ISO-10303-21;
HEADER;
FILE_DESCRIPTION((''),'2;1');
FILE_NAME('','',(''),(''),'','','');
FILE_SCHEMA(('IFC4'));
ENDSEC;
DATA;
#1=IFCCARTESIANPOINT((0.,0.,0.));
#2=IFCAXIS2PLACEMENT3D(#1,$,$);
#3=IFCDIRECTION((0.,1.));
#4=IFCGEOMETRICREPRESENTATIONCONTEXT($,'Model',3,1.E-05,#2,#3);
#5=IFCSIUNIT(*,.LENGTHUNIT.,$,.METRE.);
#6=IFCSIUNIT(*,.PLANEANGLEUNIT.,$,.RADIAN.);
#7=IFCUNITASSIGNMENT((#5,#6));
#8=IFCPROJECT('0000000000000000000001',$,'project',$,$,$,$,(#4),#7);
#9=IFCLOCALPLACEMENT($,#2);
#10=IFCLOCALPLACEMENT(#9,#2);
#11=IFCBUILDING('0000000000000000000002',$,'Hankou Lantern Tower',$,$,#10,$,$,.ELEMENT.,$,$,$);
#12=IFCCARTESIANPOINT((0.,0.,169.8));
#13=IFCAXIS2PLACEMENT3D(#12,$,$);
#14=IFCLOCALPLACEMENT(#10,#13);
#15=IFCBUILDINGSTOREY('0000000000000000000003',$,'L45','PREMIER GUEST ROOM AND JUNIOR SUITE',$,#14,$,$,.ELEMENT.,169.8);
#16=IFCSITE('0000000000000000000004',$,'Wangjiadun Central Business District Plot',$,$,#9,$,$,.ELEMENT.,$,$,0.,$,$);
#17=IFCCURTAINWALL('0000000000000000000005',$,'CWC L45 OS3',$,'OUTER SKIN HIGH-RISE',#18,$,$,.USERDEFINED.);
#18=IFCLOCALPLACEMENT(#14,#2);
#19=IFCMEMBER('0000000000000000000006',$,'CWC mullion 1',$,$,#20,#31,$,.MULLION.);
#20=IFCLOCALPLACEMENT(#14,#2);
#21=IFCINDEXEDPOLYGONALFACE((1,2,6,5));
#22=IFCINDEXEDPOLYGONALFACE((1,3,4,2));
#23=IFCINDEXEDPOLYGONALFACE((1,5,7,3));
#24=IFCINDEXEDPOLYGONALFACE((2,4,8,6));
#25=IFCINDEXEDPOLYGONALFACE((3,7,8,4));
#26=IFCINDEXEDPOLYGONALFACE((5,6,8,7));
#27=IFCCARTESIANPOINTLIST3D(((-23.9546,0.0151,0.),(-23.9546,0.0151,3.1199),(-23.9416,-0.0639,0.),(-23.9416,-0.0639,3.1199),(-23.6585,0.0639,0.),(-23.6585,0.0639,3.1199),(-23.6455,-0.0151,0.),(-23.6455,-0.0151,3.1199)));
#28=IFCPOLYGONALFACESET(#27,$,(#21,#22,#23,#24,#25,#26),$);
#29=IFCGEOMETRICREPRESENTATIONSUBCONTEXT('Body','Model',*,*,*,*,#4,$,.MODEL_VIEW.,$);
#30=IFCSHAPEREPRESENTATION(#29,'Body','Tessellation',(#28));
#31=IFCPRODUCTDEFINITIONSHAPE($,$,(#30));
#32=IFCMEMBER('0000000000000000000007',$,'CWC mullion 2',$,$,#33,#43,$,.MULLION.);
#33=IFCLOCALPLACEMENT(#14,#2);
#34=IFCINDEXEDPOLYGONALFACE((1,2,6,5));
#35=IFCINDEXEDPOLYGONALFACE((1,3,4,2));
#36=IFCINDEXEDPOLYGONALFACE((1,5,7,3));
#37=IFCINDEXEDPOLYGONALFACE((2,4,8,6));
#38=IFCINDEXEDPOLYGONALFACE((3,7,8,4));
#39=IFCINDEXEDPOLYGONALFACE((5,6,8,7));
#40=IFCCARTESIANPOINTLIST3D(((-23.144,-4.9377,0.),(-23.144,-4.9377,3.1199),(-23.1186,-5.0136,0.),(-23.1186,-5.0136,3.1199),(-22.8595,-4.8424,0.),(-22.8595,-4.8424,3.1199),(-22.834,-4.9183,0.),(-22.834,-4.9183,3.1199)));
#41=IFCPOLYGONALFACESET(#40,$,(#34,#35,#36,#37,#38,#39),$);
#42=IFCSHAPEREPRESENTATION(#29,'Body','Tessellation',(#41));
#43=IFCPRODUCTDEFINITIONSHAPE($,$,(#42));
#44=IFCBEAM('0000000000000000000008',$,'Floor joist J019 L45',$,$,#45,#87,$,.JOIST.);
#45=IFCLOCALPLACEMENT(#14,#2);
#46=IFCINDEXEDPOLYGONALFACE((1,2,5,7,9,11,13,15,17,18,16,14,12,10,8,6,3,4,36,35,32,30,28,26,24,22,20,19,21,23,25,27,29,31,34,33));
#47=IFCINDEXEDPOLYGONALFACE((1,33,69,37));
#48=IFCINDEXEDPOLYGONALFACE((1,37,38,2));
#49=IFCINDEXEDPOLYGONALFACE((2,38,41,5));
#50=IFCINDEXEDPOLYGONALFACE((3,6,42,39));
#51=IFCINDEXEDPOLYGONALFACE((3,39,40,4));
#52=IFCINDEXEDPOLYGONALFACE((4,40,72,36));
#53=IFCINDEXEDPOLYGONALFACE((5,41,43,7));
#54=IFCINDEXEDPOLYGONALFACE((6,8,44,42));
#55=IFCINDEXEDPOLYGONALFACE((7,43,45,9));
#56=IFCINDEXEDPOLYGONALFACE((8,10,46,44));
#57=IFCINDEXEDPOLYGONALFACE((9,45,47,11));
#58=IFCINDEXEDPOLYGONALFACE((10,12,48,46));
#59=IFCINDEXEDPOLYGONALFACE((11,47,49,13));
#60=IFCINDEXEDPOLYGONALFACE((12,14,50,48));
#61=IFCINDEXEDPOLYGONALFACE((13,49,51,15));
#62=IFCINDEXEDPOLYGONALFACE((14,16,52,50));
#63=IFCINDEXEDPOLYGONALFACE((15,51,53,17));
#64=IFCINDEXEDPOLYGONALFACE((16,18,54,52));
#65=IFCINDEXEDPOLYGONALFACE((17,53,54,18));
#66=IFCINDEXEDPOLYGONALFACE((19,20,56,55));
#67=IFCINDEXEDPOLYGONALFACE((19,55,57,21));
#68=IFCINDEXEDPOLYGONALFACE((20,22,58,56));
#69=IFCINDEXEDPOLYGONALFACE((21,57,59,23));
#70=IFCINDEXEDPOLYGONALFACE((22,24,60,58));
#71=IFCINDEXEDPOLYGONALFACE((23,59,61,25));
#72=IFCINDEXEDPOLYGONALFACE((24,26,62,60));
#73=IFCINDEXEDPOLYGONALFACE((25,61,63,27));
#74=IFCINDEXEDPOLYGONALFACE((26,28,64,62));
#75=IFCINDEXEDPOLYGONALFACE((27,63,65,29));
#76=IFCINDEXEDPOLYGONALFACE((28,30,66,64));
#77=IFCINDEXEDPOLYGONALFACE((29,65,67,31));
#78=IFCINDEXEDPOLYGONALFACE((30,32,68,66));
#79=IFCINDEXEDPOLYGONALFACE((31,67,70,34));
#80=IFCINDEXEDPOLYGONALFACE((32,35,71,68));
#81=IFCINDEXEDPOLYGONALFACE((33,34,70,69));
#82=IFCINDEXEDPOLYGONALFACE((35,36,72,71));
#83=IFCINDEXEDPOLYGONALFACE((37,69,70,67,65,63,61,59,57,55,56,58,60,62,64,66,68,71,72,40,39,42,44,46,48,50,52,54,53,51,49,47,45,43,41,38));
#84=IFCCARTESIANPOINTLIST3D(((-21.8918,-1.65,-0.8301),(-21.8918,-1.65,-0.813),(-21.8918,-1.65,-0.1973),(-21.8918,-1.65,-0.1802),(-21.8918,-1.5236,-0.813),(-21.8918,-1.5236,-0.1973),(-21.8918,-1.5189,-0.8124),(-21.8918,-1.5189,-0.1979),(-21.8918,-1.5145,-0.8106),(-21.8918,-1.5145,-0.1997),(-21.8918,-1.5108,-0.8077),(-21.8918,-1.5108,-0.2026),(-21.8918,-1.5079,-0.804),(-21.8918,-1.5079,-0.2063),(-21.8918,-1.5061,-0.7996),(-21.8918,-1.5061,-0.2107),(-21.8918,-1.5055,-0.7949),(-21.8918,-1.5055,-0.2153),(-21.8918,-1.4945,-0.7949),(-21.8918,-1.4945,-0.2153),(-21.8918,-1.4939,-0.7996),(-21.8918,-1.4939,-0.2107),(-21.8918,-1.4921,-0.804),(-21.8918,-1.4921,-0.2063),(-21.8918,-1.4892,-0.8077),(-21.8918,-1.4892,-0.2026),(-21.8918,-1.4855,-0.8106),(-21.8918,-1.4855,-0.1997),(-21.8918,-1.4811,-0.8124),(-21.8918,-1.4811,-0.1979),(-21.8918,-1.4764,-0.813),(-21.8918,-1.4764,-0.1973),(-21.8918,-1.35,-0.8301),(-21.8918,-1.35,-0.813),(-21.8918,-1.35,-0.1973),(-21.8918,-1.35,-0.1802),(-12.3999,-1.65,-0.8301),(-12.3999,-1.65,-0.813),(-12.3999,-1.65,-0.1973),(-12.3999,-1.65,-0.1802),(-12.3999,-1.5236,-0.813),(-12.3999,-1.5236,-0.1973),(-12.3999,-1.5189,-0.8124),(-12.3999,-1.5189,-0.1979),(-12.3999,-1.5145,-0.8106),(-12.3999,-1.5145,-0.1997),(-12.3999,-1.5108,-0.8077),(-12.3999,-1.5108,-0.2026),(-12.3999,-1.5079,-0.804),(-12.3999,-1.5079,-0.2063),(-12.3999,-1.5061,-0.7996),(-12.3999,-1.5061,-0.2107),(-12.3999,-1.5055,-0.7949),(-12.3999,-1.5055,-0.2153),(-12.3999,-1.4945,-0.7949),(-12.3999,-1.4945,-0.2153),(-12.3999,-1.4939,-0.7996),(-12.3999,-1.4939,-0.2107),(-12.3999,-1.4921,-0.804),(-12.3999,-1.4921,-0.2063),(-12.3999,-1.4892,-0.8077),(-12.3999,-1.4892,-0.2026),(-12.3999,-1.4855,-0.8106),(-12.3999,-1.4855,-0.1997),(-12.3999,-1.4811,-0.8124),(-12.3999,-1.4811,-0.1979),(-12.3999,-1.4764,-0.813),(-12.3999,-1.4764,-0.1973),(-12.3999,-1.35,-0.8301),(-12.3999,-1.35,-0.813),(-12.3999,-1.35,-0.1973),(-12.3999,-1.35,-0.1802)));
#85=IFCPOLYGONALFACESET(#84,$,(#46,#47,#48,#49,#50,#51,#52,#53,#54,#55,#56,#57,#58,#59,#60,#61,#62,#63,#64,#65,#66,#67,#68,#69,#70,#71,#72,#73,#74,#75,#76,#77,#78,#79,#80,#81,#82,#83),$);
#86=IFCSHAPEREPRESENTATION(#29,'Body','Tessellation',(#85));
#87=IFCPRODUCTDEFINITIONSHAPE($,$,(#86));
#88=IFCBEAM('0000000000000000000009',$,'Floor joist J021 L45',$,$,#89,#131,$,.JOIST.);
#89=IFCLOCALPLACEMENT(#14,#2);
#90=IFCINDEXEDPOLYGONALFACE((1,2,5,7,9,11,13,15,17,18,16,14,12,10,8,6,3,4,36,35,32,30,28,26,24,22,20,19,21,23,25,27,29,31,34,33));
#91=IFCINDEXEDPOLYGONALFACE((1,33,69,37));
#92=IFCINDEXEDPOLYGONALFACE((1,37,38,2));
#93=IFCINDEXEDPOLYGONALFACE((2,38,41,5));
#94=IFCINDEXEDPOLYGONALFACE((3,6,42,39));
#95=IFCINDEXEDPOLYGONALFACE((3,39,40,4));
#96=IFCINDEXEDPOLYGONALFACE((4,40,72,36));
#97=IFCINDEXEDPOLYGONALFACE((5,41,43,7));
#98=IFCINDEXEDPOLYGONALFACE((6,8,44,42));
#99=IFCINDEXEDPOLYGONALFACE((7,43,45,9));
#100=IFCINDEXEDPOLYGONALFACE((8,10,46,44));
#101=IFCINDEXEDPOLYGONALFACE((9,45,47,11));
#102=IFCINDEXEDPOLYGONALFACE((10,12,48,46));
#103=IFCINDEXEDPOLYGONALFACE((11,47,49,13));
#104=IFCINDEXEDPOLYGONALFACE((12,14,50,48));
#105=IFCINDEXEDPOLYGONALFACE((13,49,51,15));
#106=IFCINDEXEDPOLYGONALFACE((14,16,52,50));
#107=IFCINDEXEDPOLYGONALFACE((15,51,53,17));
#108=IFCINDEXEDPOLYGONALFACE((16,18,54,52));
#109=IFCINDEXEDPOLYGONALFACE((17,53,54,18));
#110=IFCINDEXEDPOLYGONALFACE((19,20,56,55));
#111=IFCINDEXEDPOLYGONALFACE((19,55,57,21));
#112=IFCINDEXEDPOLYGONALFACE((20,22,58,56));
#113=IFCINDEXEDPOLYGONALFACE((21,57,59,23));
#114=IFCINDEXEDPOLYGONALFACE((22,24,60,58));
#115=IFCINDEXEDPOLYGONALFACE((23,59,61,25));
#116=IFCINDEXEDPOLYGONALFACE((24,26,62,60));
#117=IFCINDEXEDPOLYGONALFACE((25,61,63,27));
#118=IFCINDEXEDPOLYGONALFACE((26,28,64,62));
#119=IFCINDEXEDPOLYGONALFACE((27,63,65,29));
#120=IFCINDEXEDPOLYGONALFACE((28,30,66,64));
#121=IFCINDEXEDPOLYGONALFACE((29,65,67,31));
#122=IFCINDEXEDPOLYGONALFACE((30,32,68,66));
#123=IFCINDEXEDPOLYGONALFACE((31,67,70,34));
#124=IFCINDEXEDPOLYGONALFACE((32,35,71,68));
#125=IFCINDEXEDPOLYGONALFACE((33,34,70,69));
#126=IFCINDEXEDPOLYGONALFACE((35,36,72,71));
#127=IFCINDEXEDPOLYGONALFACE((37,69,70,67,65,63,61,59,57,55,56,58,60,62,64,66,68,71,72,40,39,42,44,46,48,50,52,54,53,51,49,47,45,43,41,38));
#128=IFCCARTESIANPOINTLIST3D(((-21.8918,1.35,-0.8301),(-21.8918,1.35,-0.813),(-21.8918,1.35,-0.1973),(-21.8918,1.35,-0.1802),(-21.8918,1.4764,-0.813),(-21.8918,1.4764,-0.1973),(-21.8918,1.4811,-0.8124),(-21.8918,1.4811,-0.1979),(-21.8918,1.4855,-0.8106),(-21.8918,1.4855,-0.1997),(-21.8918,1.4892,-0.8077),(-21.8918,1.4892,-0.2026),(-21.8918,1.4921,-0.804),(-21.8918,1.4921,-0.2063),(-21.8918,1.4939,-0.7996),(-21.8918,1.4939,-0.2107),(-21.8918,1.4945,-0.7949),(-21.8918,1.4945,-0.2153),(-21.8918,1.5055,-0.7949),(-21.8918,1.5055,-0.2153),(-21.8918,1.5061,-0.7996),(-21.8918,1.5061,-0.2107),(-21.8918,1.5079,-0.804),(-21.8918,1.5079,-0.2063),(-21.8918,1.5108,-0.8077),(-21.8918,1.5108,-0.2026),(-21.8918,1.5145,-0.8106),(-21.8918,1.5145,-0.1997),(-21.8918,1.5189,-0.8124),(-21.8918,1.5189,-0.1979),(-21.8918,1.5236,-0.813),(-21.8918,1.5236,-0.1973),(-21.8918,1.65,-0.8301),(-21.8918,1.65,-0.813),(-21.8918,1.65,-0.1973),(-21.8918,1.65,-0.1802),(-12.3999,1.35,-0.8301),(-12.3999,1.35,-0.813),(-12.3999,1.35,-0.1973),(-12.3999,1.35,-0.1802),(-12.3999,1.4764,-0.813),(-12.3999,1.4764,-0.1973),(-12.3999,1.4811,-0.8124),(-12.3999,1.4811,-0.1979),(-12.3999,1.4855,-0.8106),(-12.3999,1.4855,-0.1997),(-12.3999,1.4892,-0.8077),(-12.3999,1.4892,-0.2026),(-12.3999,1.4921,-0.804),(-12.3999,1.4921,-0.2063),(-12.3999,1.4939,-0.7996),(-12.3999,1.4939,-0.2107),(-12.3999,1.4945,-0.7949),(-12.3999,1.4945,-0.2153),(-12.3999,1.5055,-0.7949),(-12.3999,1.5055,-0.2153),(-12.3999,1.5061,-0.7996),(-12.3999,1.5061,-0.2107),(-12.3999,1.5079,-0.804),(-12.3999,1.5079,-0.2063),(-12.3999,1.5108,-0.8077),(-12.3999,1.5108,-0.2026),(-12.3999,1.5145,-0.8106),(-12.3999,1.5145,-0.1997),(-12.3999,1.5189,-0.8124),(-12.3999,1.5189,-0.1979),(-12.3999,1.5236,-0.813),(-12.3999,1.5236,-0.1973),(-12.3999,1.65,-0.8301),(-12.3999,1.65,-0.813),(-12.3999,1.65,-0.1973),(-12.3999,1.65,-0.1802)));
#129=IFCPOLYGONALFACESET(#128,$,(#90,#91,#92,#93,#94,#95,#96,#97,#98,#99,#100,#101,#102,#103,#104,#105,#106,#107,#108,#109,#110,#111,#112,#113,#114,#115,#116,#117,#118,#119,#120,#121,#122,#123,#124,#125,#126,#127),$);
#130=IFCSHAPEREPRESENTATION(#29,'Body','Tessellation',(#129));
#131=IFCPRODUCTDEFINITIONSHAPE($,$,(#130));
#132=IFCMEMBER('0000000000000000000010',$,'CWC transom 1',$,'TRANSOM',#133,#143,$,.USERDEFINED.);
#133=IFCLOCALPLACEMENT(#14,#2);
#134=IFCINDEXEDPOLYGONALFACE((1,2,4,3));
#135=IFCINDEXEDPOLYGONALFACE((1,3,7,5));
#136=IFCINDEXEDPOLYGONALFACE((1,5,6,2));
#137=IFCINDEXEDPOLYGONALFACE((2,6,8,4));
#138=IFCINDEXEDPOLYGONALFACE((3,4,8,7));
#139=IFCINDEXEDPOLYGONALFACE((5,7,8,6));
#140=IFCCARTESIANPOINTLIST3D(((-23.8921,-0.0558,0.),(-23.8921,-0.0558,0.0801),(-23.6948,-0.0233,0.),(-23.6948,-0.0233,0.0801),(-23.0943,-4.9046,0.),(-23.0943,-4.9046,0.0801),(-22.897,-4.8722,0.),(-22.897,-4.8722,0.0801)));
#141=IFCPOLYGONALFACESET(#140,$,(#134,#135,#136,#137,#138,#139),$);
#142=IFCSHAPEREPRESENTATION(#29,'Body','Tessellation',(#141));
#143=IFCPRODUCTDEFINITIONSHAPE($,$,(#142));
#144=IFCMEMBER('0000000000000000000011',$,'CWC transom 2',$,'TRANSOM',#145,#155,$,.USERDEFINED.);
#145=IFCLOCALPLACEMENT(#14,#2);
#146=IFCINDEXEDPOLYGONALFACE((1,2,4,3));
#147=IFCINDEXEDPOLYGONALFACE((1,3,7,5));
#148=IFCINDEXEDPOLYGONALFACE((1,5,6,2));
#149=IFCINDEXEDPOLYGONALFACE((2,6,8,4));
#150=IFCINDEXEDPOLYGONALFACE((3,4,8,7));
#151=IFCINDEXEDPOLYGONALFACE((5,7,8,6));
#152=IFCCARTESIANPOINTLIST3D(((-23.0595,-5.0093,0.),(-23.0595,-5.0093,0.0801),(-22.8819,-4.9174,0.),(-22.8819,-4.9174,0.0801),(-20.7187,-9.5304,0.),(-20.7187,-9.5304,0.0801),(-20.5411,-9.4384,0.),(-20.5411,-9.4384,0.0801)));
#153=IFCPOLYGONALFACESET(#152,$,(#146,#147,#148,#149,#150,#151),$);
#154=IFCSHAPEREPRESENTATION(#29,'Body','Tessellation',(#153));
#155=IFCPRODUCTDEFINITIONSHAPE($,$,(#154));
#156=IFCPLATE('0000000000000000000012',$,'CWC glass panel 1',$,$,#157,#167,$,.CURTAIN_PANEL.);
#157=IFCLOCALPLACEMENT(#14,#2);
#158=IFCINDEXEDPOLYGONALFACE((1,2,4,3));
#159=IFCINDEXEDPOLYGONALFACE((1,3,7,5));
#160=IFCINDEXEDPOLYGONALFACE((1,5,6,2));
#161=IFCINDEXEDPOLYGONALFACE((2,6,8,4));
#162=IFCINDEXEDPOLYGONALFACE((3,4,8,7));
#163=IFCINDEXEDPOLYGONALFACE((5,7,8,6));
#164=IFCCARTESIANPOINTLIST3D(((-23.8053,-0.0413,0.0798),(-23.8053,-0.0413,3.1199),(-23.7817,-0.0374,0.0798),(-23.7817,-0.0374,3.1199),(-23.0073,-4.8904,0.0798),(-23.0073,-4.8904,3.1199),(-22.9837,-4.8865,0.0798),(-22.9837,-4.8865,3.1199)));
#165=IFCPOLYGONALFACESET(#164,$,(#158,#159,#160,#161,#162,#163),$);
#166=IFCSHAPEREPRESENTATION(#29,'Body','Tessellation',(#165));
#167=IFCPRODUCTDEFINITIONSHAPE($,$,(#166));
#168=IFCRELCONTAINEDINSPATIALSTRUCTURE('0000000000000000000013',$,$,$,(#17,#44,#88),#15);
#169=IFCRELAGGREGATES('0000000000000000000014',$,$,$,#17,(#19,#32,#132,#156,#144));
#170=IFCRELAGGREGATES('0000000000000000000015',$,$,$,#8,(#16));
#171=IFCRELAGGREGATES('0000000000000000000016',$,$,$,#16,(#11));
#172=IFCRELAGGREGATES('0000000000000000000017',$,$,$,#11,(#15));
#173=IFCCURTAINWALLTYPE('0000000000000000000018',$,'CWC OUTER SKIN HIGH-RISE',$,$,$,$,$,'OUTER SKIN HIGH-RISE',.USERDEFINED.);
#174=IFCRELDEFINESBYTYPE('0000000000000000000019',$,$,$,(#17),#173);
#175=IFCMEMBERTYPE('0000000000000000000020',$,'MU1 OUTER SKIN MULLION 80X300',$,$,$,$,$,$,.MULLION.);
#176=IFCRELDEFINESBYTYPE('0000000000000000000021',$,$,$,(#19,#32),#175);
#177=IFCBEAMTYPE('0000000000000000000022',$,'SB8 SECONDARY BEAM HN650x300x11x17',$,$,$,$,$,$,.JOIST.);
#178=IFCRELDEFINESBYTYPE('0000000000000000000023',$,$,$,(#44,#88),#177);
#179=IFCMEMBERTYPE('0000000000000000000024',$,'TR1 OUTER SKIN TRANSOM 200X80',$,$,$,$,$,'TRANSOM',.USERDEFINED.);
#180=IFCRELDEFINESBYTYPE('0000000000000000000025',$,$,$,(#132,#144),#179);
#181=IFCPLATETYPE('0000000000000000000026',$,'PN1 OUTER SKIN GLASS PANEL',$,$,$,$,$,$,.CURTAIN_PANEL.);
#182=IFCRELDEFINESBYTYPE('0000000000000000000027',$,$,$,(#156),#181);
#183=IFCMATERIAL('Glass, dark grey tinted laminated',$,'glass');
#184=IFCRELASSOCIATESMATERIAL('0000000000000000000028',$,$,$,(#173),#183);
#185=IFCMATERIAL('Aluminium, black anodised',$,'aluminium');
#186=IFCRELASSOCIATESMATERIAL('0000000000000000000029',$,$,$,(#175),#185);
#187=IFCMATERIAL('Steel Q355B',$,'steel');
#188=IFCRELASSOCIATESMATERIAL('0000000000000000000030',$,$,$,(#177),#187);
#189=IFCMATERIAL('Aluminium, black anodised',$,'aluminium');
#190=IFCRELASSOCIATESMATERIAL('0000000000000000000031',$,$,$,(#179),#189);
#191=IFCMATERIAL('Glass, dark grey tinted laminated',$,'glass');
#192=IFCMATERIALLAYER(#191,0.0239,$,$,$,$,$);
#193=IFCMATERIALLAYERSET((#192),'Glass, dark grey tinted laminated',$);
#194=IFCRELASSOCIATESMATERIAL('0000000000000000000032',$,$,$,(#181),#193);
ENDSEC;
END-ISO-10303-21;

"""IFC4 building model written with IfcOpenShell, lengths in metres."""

from ifc_helpers import new_model, si_unit, direction, frame, origin, origin_2d, place, context, subcontext, project, spatial, rectangle, i_section, extrude, material, layer, layer_set, material_profile, profile_set, type_object, element, aggregate, save


model = new_model("IFC4")

# Units and contexts
model_context = context("Model", 3, precision=1e-05, world=origin(), true_north=direction((0.0, 1.0)))
body_context = subcontext(model_context, "Body", "Model", "MODEL_VIEW")
ifc_project = project(units=[si_unit("LENGTHUNIT", "METRE"), si_unit("PLANEANGLEUNIT", "RADIAN")], contexts=[model_context])

# Site, building, storey
site_placement = place(None, origin())
site = spatial("IfcSite", under=ifc_project, at=site_placement, Name="Wangjiadun Central Business District Plot", CompositionType="ELEMENT", RefElevation=0.0)
building_placement = place(site_placement, origin())
building = spatial("IfcBuilding", under=site, at=building_placement, Name="Hankou Lantern Tower", CompositionType="ELEMENT")
storey_placement = place(building_placement, frame((0.0, 0.0, 169.8)))
storey = spatial("IfcBuildingStorey", under=building, at=storey_placement, Name="L45", Description="PREMIER GUEST ROOM AND JUNIOR SUITE", CompositionType="ELEMENT", Elevation=169.8)

# Curtain wall, members
ifc_material_1 = material(Name="Glass, dark grey tinted laminated", Category="glass")
curtain_wall_type = type_object("IfcCurtainWallType", Name="CWC OUTER SKIN HIGH-RISE", ElementType="OUTER SKIN HIGH-RISE", PredefinedType="USERDEFINED", material=ifc_material_1)
curtain_wall_placement = place(storey_placement, origin())
curtain_wall = element("IfcCurtainWall", 1, at=curtain_wall_placement, inside=storey, type_object=curtain_wall_type, Name="CWC L45 OS3", ObjectType="OUTER SKIN HIGH-RISE", PredefinedType="USERDEFINED")
ifc_material_2 = material(Name="Aluminium, black anodised", Category="aluminium")
ifc_material_profile_1 = material_profile(ifc_material_2, rectangle(XDim=0.0801, YDim=0.3, at=origin_2d()), Name="MU1 80X300")
ifc_profile_set_1 = profile_set([ifc_material_profile_1], Name="Aluminium, black anodised")
member_type_1 = type_object("IfcMemberType", Name="MU1 OUTER SKIN MULLION 80X300", PredefinedType="MULLION", material=ifc_profile_set_1)
member_1_placement = place(storey_placement, frame((-23.8, 0.0, 0.0), z_axis=(0.0, 0.0, 1.0), x_axis=(0.162382, -0.986728, 0.0)))
member_1 = element("IfcMember", 2, at=member_1_placement, type_object=member_type_1, Name="CWC mullion 1", PredefinedType="MULLION", context=body_context, shape_type="SweptSolid", body=[
    extrude(rectangle(XDim=0.0801, YDim=0.3, at=origin_2d()), origin(), (0.0, 0.0, 1.0), 3.1199),
])
member_2_placement = place(storey_placement, frame((-22.989, -4.928, 0.0), z_axis=(0.0, 0.0, 1.0), x_axis=(0.317596, -0.948226, 0.0)))
member_2 = element("IfcMember", 3, at=member_2_placement, type_object=member_type_1, Name="CWC mullion 2", PredefinedType="MULLION", context=body_context, shape_type="SweptSolid", body=[
    extrude(rectangle(XDim=0.0801, YDim=0.3, at=origin_2d()), origin(), (0.0, 0.0, 1.0), 3.1199),
])

# Beams
ifc_material_3 = material(Name="Steel Q355B", Category="steel")
ifc_material_profile_2 = material_profile(ifc_material_3, i_section(OverallWidth=0.3, OverallDepth=0.6499, WebThickness=0.011, FlangeThickness=0.0171, FilletRadius=0.0181, at=origin_2d()), Name="HN650x300x11x17")
ifc_profile_set_2 = profile_set([ifc_material_profile_2], Name="Steel Q355B")
beam_type_1 = type_object("IfcBeamType", Name="SB8 SECONDARY BEAM HN650x300x11x17", PredefinedType="JOIST", material=ifc_profile_set_2)
for number, where, z_axis, x_axis, name in (
    (4, (-21.8918, -1.5, -0.5051), (1.0, 0.0, 0.0), (0.0, 1.0, 0.0), "Floor joist J019 L45"),
    (5, (-21.8918, 1.5, -0.5051), (1.0, 0.0, 0.0), (0.0, 1.0, 0.0), "Floor joist J021 L45"),
):
    element("IfcBeam", number, at=place(storey_placement, frame(where, z_axis=z_axis, x_axis=x_axis)), inside=storey, type_object=beam_type_1, Name=name, PredefinedType="JOIST", context=body_context, shape_type="SweptSolid", body=[
        extrude(i_section(OverallWidth=0.3, OverallDepth=0.6499, WebThickness=0.011, FlangeThickness=0.0171, FilletRadius=0.0181, at=origin_2d()), origin(), (0.0, 0.0, 1.0), 9.4919),
    ])

# Members
ifc_material_4 = material(Name="Aluminium, black anodised", Category="aluminium")
ifc_material_profile_3 = material_profile(ifc_material_4, rectangle(XDim=0.2, YDim=0.0801, at=origin_2d()), Name="TR1 200X80")
ifc_profile_set_3 = profile_set([ifc_material_profile_3], Name="Aluminium, black anodised")
member_type_2 = type_object("IfcMemberType", Name="TR1 OUTER SKIN TRANSOM 200X80", ElementType="TRANSOM", PredefinedType="USERDEFINED", material=ifc_profile_set_3)
member_3_placement = place(storey_placement, frame((-23.7935, -0.0396, 0.04), z_axis=(0.16236, -0.986732, 0.0), x_axis=(0.986732, 0.16236, 0.0)))
member_3 = element("IfcMember", 6, at=member_3_placement, type_object=member_type_2, Name="CWC transom 1", ObjectType="TRANSOM", PredefinedType="USERDEFINED", context=body_context, shape_type="SweptSolid", body=[
    extrude(rectangle(XDim=0.2, YDim=0.0801, at=origin_2d()), origin(), (0.0, 0.0, 1.0), 4.9141),
])
member_4_placement = place(storey_placement, frame((-22.9707, -4.9634, 0.04), z_axis=(0.459791, -0.888027, 0.0), x_axis=(0.888027, 0.459791, 0.0)))
member_4 = element("IfcMember", 7, at=member_4_placement, type_object=member_type_2, Name="CWC transom 2", ObjectType="TRANSOM", PredefinedType="USERDEFINED", context=body_context, shape_type="SweptSolid", body=[
    extrude(rectangle(XDim=0.2, YDim=0.0801, at=origin_2d()), origin(), (0.0, 0.0, 1.0), 5.0911),
])

# Plate
ifc_material_5 = material(Name="Glass, dark grey tinted laminated", Category="glass")
ifc_layer_1 = layer(ifc_material_5, 0.0239)
ifc_layer_set_1 = layer_set([ifc_layer_1], Name="Glass, dark grey tinted laminated")
plate_type = type_object("IfcPlateType", Name="PN1 OUTER SKIN GLASS PANEL", PredefinedType="CURTAIN_PANEL", material=ifc_layer_set_1)
plate_placement = place(storey_placement, frame((-23.3945, -2.4639, 0.0798), z_axis=(0.0, 0.0, 1.0), x_axis=(0.162382, -0.986728, 0.0)))
plate = element("IfcPlate", 8, at=plate_placement, type_object=plate_type, Name="CWC glass panel 1", PredefinedType="CURTAIN_PANEL", context=body_context, shape_type="SweptSolid", body=[
    extrude(rectangle(XDim=4.9143, YDim=0.0239, at=origin_2d()), origin(), (0.0, 0.0, 1.0), 3.04),
])
aggregate(curtain_wall, [member_1, member_2, member_3, plate, member_4])

save(model, "model.ifc")
